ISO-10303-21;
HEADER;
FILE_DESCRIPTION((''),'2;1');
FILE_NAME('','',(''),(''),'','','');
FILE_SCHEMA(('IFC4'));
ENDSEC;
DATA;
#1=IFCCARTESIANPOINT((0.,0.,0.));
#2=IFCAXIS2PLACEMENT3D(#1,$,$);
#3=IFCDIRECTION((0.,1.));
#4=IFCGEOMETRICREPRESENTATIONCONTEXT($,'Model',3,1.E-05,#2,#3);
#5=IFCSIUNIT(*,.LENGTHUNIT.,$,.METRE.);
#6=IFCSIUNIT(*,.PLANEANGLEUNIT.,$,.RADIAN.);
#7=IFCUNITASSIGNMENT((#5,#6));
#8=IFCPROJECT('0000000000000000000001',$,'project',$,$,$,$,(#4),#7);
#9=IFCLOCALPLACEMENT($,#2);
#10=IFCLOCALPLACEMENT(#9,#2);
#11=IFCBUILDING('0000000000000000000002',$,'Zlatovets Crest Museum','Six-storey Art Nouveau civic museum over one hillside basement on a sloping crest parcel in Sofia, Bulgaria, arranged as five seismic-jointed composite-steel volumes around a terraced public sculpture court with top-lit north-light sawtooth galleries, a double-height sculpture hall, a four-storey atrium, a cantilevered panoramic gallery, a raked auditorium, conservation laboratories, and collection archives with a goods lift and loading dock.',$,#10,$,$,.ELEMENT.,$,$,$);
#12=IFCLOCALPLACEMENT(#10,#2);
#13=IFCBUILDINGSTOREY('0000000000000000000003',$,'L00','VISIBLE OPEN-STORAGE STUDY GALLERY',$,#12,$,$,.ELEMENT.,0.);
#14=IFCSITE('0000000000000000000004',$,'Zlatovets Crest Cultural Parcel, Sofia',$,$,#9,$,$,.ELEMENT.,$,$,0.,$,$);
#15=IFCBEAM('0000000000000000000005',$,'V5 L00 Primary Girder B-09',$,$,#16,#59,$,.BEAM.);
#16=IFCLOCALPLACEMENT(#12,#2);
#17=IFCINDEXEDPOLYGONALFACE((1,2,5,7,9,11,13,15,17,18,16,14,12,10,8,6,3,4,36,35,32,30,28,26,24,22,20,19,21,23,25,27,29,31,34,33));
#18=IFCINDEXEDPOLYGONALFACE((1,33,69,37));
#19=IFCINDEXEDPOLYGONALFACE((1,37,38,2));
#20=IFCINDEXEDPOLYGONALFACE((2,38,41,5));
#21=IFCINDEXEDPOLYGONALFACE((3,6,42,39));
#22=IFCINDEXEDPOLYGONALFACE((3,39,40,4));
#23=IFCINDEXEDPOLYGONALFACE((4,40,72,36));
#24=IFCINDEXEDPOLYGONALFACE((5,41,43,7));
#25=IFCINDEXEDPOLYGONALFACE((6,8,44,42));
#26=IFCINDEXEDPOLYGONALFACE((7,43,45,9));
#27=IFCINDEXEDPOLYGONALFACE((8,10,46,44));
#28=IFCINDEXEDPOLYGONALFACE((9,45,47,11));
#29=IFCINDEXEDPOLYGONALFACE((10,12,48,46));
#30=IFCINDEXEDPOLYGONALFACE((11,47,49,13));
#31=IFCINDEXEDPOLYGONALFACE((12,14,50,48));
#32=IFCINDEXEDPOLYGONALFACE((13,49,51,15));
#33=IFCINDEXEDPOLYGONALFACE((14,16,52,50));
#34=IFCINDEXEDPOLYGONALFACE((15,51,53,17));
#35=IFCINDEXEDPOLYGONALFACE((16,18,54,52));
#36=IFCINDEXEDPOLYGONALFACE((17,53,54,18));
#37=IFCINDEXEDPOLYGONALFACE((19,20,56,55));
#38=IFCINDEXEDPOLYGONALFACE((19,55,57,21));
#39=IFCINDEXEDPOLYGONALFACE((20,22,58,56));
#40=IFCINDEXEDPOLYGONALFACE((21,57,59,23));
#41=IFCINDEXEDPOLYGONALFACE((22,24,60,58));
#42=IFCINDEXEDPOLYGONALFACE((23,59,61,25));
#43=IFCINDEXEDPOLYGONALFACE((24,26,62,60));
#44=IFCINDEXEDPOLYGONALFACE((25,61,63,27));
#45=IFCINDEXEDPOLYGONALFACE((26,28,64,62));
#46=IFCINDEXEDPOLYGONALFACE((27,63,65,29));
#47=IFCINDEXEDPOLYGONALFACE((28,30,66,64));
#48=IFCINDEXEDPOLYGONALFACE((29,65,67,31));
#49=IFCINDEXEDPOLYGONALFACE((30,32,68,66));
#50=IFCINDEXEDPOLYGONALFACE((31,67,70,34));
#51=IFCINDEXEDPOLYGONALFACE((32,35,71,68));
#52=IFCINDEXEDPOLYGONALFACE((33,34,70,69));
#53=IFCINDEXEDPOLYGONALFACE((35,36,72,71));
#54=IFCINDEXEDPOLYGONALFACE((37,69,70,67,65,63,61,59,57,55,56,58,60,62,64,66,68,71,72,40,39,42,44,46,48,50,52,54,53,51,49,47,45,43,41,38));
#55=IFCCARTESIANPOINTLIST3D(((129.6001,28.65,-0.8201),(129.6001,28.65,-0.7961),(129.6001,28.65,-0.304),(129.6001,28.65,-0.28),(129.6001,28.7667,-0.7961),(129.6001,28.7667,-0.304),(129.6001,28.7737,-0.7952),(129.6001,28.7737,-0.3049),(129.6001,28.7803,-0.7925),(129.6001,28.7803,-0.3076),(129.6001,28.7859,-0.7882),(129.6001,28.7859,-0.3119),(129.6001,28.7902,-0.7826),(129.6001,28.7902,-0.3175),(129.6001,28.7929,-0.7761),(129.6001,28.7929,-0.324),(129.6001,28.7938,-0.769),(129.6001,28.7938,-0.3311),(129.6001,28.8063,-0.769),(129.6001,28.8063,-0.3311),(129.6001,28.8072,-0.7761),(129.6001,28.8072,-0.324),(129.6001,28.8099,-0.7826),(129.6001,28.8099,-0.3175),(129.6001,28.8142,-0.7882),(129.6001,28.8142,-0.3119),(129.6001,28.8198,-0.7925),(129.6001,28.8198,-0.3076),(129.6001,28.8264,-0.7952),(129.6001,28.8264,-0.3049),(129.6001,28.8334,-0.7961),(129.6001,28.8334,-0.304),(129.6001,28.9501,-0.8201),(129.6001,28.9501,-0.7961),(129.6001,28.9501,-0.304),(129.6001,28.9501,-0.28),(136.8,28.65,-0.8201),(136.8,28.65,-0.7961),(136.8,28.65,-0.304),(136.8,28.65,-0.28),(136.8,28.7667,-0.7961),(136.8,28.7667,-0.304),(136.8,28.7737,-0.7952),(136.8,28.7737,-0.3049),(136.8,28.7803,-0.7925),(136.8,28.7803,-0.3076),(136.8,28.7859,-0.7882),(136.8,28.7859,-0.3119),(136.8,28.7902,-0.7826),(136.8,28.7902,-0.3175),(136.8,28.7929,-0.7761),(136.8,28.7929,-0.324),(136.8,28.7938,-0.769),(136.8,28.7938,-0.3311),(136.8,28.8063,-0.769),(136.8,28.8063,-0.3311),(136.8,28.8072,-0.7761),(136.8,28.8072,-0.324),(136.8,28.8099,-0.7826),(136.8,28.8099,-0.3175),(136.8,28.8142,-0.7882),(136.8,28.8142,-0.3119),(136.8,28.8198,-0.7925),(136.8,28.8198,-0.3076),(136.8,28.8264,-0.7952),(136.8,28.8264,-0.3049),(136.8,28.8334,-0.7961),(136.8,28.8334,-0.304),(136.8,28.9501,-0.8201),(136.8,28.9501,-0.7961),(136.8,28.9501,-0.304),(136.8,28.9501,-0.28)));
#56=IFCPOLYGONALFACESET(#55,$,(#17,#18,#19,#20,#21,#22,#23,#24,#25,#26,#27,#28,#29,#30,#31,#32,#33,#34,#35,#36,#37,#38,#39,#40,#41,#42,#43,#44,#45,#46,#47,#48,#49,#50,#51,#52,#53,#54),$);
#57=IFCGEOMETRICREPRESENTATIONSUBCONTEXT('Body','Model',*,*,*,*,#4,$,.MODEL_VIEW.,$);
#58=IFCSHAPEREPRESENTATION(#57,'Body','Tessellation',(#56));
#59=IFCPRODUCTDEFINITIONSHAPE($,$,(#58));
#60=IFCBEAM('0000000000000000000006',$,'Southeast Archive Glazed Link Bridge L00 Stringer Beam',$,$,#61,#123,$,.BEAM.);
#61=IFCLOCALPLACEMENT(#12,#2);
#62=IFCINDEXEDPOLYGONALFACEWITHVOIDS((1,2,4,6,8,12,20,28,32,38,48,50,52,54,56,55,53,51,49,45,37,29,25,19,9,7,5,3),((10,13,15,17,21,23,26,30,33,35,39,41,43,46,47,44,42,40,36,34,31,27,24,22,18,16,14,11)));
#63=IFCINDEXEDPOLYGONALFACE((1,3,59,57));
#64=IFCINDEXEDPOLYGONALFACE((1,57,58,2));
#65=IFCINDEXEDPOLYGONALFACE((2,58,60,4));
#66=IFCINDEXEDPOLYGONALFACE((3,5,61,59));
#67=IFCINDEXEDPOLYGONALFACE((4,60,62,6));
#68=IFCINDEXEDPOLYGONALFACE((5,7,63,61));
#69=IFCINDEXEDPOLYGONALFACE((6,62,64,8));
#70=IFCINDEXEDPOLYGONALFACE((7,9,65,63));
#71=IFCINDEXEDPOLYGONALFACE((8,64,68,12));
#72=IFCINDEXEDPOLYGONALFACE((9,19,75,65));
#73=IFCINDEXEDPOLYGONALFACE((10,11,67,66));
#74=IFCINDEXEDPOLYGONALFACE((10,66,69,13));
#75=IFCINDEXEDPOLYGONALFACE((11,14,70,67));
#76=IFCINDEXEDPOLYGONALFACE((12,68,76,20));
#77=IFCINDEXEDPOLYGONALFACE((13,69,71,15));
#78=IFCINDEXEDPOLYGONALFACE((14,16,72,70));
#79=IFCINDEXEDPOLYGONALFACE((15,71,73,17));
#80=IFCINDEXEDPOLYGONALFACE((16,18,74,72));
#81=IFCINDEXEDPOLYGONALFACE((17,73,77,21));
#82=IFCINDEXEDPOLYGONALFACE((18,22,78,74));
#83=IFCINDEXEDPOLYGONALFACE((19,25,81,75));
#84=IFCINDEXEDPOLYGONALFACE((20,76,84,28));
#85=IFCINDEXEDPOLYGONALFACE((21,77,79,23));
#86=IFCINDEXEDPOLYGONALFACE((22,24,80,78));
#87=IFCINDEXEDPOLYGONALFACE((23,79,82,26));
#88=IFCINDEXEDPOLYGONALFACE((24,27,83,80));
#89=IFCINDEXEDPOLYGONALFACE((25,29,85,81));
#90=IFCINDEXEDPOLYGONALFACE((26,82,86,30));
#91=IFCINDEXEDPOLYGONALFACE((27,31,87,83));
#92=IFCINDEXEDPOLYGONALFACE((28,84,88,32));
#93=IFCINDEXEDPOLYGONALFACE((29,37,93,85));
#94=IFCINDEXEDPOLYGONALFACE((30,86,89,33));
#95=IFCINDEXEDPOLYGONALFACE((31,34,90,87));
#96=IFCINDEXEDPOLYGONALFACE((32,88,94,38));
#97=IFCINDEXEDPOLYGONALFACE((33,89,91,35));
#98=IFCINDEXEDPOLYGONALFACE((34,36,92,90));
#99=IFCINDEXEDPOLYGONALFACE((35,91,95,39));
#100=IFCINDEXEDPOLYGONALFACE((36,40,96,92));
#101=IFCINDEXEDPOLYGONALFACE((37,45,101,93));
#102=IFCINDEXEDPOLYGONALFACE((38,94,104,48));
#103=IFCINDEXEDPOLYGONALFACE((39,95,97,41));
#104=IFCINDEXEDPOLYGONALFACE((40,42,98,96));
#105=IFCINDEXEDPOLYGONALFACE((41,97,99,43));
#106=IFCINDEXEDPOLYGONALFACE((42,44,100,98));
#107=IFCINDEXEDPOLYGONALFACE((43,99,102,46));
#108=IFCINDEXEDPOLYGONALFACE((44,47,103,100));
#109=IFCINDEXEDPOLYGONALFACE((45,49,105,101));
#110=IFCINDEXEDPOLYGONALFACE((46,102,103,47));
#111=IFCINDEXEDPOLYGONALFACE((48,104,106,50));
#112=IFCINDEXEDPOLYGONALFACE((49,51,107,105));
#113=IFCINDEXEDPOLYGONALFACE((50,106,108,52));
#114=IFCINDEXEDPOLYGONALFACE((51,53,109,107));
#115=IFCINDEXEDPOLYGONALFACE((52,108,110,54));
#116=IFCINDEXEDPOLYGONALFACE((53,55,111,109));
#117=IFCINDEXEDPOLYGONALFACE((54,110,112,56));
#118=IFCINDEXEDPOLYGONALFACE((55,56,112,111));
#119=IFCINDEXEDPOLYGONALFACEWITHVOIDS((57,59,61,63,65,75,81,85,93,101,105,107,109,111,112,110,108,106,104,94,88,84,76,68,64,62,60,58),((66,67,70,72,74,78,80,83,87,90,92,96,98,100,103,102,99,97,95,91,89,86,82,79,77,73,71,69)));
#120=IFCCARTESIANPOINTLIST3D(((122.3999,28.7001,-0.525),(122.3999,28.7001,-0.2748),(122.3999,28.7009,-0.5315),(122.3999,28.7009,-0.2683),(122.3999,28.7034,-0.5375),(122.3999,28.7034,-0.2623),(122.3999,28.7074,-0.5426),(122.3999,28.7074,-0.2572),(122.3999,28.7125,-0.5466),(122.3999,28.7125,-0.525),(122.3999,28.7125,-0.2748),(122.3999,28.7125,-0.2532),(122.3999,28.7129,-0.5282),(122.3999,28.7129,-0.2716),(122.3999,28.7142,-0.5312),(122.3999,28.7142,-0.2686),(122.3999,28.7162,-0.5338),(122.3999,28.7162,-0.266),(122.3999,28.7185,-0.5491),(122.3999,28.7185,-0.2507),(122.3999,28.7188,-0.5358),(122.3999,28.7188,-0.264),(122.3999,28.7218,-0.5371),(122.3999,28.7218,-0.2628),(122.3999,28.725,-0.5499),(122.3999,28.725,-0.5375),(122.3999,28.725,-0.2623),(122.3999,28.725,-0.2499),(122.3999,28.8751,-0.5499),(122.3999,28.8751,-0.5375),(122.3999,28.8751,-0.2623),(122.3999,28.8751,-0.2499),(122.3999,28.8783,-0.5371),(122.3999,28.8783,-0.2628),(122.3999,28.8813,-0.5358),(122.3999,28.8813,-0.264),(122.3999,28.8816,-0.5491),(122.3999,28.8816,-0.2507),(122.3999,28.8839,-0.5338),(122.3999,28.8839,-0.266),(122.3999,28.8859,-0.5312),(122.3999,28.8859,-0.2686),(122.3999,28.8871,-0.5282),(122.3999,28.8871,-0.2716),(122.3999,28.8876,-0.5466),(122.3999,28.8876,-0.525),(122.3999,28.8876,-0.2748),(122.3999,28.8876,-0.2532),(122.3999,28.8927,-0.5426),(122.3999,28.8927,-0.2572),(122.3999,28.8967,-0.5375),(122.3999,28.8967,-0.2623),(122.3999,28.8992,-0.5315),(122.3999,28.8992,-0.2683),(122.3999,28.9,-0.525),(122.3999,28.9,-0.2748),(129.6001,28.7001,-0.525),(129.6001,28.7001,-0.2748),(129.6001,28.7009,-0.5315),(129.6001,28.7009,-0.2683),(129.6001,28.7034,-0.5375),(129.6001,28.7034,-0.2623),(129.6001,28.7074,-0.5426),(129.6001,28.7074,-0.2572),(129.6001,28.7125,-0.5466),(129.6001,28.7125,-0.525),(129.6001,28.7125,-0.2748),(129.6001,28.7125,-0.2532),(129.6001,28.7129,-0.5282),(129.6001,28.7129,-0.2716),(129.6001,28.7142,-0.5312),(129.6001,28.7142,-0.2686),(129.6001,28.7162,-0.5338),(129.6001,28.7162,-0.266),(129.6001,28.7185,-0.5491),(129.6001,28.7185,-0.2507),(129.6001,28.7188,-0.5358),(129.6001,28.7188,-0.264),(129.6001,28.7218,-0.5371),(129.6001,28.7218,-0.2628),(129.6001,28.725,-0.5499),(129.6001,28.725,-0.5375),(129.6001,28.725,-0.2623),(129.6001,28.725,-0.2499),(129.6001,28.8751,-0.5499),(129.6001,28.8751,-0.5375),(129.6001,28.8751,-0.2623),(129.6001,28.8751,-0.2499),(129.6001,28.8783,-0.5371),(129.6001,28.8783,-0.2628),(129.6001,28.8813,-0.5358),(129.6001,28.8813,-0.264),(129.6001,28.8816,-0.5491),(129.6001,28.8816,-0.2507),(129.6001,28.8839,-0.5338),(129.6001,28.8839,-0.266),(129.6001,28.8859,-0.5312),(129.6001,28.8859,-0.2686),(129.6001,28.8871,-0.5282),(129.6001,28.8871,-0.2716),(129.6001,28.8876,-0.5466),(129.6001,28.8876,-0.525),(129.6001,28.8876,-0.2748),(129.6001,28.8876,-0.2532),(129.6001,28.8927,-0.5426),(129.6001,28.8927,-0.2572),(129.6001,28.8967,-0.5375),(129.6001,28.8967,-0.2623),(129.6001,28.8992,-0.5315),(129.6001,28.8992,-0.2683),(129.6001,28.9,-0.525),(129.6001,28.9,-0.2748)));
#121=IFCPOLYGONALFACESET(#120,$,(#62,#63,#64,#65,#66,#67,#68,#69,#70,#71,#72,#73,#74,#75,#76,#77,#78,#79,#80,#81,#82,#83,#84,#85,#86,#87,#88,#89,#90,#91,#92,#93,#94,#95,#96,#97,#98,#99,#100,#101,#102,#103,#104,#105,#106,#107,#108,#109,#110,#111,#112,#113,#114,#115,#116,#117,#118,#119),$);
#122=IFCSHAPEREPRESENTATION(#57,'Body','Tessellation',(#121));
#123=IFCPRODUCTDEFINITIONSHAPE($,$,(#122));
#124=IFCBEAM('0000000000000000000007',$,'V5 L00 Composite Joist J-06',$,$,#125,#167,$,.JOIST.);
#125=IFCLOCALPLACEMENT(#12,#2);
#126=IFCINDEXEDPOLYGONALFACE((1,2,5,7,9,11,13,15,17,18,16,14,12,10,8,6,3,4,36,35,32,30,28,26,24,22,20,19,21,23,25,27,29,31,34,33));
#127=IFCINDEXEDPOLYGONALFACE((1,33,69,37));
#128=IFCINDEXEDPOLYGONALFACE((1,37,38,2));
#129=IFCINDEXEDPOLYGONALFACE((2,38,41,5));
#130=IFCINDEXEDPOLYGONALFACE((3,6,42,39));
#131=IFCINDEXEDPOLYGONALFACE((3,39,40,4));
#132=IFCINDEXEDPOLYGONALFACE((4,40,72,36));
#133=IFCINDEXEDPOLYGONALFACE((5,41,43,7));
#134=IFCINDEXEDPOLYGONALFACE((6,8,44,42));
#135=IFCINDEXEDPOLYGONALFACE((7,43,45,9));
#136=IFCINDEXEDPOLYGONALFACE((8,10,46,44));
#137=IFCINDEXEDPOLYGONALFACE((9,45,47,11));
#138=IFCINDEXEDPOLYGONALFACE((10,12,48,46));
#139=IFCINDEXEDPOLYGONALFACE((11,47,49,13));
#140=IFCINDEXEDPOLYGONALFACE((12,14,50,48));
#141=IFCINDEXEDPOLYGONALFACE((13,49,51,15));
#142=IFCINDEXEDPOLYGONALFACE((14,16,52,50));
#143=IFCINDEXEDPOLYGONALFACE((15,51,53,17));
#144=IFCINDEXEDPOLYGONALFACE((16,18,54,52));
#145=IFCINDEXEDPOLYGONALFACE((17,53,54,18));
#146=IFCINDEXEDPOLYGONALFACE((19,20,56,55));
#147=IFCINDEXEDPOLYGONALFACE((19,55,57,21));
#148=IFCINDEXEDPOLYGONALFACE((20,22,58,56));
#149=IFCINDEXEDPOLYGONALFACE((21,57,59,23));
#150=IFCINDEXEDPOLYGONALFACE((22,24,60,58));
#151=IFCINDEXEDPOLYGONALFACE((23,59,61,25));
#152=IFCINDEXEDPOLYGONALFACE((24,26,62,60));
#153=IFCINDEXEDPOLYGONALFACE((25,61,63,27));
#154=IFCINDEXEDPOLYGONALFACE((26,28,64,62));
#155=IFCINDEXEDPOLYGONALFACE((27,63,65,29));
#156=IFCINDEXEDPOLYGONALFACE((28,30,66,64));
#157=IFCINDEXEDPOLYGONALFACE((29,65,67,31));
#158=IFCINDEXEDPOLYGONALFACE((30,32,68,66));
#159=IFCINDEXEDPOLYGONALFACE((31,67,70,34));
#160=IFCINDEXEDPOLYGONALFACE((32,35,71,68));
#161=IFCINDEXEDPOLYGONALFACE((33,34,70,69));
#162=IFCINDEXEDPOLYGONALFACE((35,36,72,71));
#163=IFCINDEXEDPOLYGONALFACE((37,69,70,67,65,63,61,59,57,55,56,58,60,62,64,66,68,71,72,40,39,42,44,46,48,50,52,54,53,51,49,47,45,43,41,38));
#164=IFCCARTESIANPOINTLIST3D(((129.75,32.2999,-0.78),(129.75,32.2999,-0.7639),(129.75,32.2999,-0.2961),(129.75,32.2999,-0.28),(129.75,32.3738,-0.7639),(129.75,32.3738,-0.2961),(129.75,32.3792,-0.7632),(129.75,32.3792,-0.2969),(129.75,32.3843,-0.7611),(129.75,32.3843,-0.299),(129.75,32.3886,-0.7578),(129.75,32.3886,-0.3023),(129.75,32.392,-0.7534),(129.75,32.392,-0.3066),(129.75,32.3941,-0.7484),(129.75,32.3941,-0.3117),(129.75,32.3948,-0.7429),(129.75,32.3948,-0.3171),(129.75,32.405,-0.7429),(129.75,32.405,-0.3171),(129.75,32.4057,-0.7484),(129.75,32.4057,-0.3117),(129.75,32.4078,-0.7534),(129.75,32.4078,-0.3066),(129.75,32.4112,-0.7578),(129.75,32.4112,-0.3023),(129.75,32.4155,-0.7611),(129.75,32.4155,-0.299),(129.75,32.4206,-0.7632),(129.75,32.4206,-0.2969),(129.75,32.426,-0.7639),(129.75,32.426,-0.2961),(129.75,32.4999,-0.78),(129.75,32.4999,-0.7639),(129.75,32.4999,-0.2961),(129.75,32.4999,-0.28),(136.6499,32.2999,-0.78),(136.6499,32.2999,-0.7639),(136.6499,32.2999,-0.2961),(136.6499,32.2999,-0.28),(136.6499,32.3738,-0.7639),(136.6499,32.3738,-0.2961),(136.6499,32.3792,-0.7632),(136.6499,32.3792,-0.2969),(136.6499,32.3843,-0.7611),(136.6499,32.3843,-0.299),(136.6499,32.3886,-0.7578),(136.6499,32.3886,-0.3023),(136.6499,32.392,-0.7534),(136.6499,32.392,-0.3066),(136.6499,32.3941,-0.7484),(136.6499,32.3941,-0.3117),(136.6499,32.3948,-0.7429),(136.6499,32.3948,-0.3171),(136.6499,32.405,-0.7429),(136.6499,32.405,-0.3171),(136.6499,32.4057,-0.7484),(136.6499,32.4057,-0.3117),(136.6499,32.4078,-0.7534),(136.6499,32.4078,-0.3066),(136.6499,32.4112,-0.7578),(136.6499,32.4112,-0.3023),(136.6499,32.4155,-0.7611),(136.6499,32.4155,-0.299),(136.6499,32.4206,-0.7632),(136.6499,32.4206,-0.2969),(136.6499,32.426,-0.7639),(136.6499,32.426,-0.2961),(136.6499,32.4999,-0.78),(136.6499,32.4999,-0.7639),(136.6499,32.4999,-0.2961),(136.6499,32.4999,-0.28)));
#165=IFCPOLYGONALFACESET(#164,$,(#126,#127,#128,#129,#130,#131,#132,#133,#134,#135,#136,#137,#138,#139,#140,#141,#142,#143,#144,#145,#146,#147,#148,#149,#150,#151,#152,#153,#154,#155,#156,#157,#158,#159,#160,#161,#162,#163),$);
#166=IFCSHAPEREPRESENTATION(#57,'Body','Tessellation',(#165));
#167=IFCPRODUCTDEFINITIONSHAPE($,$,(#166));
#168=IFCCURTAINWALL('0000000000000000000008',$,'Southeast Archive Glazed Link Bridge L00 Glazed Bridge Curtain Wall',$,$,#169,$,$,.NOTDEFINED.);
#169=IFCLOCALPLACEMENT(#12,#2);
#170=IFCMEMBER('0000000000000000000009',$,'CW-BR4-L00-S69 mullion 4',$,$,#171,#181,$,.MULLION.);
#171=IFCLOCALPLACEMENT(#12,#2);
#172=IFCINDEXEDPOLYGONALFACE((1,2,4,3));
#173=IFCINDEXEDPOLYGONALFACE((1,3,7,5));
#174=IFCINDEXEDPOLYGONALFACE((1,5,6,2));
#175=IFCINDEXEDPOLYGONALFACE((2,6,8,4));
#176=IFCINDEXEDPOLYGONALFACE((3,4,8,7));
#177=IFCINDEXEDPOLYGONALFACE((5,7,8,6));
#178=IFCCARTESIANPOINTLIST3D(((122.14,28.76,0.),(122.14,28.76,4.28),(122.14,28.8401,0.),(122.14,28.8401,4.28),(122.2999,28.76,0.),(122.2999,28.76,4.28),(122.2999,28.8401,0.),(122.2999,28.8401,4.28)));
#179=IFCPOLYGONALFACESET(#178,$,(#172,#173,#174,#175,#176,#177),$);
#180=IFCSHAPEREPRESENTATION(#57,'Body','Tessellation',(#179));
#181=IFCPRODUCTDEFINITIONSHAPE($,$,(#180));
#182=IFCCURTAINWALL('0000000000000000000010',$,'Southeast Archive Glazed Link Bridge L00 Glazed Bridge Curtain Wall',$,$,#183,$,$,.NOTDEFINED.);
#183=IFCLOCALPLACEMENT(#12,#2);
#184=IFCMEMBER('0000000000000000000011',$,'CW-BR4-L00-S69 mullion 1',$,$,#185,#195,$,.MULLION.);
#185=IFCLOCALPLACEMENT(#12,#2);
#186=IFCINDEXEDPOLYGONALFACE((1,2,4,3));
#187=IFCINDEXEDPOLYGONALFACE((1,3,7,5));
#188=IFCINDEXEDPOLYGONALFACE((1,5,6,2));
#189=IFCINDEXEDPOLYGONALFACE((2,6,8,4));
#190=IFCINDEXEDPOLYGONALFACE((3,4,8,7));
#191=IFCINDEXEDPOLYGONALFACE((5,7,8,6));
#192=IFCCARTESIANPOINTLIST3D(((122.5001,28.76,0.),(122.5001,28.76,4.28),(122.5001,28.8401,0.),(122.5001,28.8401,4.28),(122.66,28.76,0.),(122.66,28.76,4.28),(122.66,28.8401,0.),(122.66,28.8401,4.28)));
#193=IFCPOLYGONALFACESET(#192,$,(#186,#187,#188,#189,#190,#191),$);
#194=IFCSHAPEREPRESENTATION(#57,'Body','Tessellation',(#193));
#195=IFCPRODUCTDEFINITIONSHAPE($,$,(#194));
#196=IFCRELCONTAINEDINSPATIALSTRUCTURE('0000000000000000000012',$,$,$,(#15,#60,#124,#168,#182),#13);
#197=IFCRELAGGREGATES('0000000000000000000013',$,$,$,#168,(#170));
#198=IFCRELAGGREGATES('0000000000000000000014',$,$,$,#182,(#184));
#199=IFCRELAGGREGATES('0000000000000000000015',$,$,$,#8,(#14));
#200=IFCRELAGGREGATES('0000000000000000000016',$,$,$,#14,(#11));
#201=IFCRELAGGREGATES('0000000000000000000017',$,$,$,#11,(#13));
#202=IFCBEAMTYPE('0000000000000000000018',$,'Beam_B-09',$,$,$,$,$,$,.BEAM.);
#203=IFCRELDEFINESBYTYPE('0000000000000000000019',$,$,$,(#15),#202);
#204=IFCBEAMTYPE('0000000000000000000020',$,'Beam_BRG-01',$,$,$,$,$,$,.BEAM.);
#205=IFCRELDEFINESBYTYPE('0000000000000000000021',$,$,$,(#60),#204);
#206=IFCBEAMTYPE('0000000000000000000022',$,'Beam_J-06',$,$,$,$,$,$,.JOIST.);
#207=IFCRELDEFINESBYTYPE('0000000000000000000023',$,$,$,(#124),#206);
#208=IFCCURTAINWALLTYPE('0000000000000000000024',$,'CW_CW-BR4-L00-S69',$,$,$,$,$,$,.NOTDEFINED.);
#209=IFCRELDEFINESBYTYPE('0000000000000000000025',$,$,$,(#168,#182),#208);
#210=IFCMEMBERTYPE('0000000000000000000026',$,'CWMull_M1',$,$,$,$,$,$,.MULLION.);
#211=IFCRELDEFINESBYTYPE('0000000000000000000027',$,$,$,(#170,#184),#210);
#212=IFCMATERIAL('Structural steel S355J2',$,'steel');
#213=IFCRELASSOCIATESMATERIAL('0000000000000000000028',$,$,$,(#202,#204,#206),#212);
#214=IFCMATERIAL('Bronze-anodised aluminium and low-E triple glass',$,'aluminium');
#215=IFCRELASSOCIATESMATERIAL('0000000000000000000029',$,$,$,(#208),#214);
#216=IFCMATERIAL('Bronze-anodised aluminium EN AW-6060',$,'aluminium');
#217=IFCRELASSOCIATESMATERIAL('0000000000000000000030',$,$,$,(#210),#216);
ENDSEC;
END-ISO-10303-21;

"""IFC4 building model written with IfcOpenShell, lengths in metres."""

from ifc_helpers import new_model, si_unit, direction, frame, origin, origin_2d, place, context, subcontext, project, spatial, rectangle, hollow_rectangle, i_section, extrude, material, material_profile, profile_set, type_object, element, aggregate, save


model = new_model("IFC4")

# Units and contexts
model_context = context("Model", 3, precision=1e-05, world=origin(), true_north=direction((0.0, 1.0)))
body_context = subcontext(model_context, "Body", "Model", "MODEL_VIEW")
ifc_project = project(units=[si_unit("LENGTHUNIT", "METRE"), si_unit("PLANEANGLEUNIT", "RADIAN")], contexts=[model_context])

# Site, building, storey
site_placement = place(None, origin())
site = spatial("IfcSite", under=ifc_project, at=site_placement, Name="Zlatovets Crest Cultural Parcel, Sofia", CompositionType="ELEMENT", RefElevation=0.0)
building_placement = place(site_placement, origin())
building = spatial("IfcBuilding", under=site, at=building_placement, Name="Zlatovets Crest Museum", Description="Six-storey Art Nouveau civic museum over one hillside basement on a sloping crest parcel in Sofia, Bulgaria, arranged as five seismic-jointed composite-steel volumes around a terraced public sculpture court with top-lit north-light sawtooth galleries, a double-height sculpture hall, a four-storey atrium, a cantilevered panoramic gallery, a raked auditorium, conservation laboratories, and collection archives with a goods lift and loading dock.", CompositionType="ELEMENT")
storey_placement = place(building_placement, origin())
storey = spatial("IfcBuildingStorey", under=building, at=storey_placement, Name="L00", Description="VISIBLE OPEN-STORAGE STUDY GALLERY", CompositionType="ELEMENT", Elevation=0.0)

# Shared definitions
ifc_material_1 = material(Name="Structural steel S355J2", Category="steel")

# Beams
ifc_material_profile_1 = material_profile(ifc_material_1, i_section(OverallWidth=0.3, OverallDepth=0.54, WebThickness=0.0125, FlangeThickness=0.0239, FilletRadius=0.0271, at=origin_2d()), Name="HEA 550")
ifc_profile_set_1 = profile_set([ifc_material_profile_1], Name="Structural steel S355J2")
beam_type_1 = type_object("IfcBeamType", Name="Beam_B-09", PredefinedType="BEAM", material=ifc_profile_set_1)
beam_1_placement = place(storey_placement, frame((129.6001, 28.8, -0.55), z_axis=(1.0, 0.0, 0.0), x_axis=(0.0, 1.0, 0.0)))
element("IfcBeam", 1, at=beam_1_placement, inside=storey, type_object=beam_type_1, Name="V5 L00 Primary Girder B-09", PredefinedType="BEAM", context=body_context, shape_type="SweptSolid", body=[
    extrude(i_section(OverallWidth=0.3, OverallDepth=0.54, WebThickness=0.0125, FlangeThickness=0.0239, FilletRadius=0.0271, at=origin_2d()), origin(), (0.0, 0.0, 1.0), 7.2),
])
ifc_material_profile_2 = material_profile(ifc_material_1, hollow_rectangle(XDim=0.2, YDim=0.3, WallThickness=0.0125, InnerFilletRadius=0.0125, OuterFilletRadius=0.0249, at=origin_2d()), Name="RHS 200x300x12.5")
ifc_profile_set_2 = profile_set([ifc_material_profile_2], Name="Structural steel S355J2")
beam_type_2 = type_object("IfcBeamType", Name="Beam_BRG-01", PredefinedType="BEAM", material=ifc_profile_set_2)
beam_2_placement = place(storey_placement, frame((122.3999, 28.8, -0.3999), z_axis=(1.0, 0.0, 0.0), x_axis=(0.0, 1.0, 0.0)))
element("IfcBeam", 2, at=beam_2_placement, inside=storey, type_object=beam_type_2, Name="Southeast Archive Glazed Link Bridge L00 Stringer Beam", PredefinedType="BEAM", context=body_context, shape_type="SweptSolid", body=[
    extrude(hollow_rectangle(XDim=0.2, YDim=0.3, WallThickness=0.0125, InnerFilletRadius=0.0125, OuterFilletRadius=0.0249, at=origin_2d()), origin(), (0.0, 0.0, 1.0), 7.2002),
])
ifc_material_profile_3 = material_profile(ifc_material_1, i_section(OverallWidth=0.2, OverallDepth=0.5, WebThickness=0.0103, FlangeThickness=0.0161, FilletRadius=0.021, at=origin_2d()), Name="IPE 500")
ifc_profile_set_3 = profile_set([ifc_material_profile_3], Name="Structural steel S355J2")
beam_type_3 = type_object("IfcBeamType", Name="Beam_J-06", PredefinedType="JOIST", material=ifc_profile_set_3)
beam_3_placement = place(storey_placement, frame((129.75, 32.3999, -0.53), z_axis=(1.0, 0.0, 0.0), x_axis=(0.0, 1.0, 0.0)))
element("IfcBeam", 3, at=beam_3_placement, inside=storey, type_object=beam_type_3, Name="V5 L00 Composite Joist J-06", PredefinedType="JOIST", context=body_context, shape_type="SweptSolid", body=[
    extrude(i_section(OverallWidth=0.2, OverallDepth=0.5, WebThickness=0.0103, FlangeThickness=0.0161, FilletRadius=0.021, at=origin_2d()), origin(), (0.0, 0.0, 1.0), 6.8999),
])

# Curtain wall, member
ifc_material_2 = material(Name="Bronze-anodised aluminium and low-E triple glass", Category="aluminium")
curtain_wall_type = type_object("IfcCurtainWallType", Name="CW_CW-BR4-L00-S69", PredefinedType="NOTDEFINED", material=ifc_material_2)
curtain_wall_1_placement = place(storey_placement, origin())
curtain_wall_1 = element("IfcCurtainWall", 4, at=curtain_wall_1_placement, inside=storey, type_object=curtain_wall_type, Name="Southeast Archive Glazed Link Bridge L00 Glazed Bridge Curtain Wall", PredefinedType="NOTDEFINED")
ifc_material_3 = material(Name="Bronze-anodised aluminium EN AW-6060", Category="aluminium")
ifc_material_profile_4 = material_profile(ifc_material_3, rectangle(XDim=0.0801, YDim=0.1599, at=origin_2d()), Name="ALU 80x160")
ifc_profile_set_4 = profile_set([ifc_material_profile_4], Name="Bronze-anodised aluminium EN AW-6060")
member_type_1 = type_object("IfcMemberType", Name="CWMull_M1", PredefinedType="MULLION", material=ifc_profile_set_4)
member_1_placement = place(storey_placement, frame((122.22, 28.8, 0.0), z_axis=(0.0, 0.0, 1.0), x_axis=(0.0, 1.0, 0.0)))
member_1 = element("IfcMember", 5, at=member_1_placement, type_object=member_type_1, Name="CW-BR4-L00-S69 mullion 4", PredefinedType="MULLION", context=body_context, shape_type="SweptSolid", body=[
    extrude(rectangle(XDim=0.0801, YDim=0.1599, at=origin_2d()), origin(), (0.0, 0.0, 1.0), 4.28),
])

# Curtain wall, member
curtain_wall_2_placement = place(storey_placement, origin())
curtain_wall_2 = element("IfcCurtainWall", 6, at=curtain_wall_2_placement, inside=storey, type_object=curtain_wall_type, Name="Southeast Archive Glazed Link Bridge L00 Glazed Bridge Curtain Wall", PredefinedType="NOTDEFINED")
member_2_placement = place(storey_placement, frame((122.5801, 28.8, 0.0), z_axis=(0.0, 0.0, 1.0), x_axis=(0.0, 1.0, 0.0)))
member_2 = element("IfcMember", 7, at=member_2_placement, type_object=member_type_1, Name="CW-BR4-L00-S69 mullion 1", PredefinedType="MULLION", context=body_context, shape_type="SweptSolid", body=[
    extrude(rectangle(XDim=0.0801, YDim=0.1599, at=origin_2d()), origin(), (0.0, 0.0, 1.0), 4.28),
])

aggregate(curtain_wall_1, [member_1])
aggregate(curtain_wall_2, [member_2])

save(model, "model.ifc")
